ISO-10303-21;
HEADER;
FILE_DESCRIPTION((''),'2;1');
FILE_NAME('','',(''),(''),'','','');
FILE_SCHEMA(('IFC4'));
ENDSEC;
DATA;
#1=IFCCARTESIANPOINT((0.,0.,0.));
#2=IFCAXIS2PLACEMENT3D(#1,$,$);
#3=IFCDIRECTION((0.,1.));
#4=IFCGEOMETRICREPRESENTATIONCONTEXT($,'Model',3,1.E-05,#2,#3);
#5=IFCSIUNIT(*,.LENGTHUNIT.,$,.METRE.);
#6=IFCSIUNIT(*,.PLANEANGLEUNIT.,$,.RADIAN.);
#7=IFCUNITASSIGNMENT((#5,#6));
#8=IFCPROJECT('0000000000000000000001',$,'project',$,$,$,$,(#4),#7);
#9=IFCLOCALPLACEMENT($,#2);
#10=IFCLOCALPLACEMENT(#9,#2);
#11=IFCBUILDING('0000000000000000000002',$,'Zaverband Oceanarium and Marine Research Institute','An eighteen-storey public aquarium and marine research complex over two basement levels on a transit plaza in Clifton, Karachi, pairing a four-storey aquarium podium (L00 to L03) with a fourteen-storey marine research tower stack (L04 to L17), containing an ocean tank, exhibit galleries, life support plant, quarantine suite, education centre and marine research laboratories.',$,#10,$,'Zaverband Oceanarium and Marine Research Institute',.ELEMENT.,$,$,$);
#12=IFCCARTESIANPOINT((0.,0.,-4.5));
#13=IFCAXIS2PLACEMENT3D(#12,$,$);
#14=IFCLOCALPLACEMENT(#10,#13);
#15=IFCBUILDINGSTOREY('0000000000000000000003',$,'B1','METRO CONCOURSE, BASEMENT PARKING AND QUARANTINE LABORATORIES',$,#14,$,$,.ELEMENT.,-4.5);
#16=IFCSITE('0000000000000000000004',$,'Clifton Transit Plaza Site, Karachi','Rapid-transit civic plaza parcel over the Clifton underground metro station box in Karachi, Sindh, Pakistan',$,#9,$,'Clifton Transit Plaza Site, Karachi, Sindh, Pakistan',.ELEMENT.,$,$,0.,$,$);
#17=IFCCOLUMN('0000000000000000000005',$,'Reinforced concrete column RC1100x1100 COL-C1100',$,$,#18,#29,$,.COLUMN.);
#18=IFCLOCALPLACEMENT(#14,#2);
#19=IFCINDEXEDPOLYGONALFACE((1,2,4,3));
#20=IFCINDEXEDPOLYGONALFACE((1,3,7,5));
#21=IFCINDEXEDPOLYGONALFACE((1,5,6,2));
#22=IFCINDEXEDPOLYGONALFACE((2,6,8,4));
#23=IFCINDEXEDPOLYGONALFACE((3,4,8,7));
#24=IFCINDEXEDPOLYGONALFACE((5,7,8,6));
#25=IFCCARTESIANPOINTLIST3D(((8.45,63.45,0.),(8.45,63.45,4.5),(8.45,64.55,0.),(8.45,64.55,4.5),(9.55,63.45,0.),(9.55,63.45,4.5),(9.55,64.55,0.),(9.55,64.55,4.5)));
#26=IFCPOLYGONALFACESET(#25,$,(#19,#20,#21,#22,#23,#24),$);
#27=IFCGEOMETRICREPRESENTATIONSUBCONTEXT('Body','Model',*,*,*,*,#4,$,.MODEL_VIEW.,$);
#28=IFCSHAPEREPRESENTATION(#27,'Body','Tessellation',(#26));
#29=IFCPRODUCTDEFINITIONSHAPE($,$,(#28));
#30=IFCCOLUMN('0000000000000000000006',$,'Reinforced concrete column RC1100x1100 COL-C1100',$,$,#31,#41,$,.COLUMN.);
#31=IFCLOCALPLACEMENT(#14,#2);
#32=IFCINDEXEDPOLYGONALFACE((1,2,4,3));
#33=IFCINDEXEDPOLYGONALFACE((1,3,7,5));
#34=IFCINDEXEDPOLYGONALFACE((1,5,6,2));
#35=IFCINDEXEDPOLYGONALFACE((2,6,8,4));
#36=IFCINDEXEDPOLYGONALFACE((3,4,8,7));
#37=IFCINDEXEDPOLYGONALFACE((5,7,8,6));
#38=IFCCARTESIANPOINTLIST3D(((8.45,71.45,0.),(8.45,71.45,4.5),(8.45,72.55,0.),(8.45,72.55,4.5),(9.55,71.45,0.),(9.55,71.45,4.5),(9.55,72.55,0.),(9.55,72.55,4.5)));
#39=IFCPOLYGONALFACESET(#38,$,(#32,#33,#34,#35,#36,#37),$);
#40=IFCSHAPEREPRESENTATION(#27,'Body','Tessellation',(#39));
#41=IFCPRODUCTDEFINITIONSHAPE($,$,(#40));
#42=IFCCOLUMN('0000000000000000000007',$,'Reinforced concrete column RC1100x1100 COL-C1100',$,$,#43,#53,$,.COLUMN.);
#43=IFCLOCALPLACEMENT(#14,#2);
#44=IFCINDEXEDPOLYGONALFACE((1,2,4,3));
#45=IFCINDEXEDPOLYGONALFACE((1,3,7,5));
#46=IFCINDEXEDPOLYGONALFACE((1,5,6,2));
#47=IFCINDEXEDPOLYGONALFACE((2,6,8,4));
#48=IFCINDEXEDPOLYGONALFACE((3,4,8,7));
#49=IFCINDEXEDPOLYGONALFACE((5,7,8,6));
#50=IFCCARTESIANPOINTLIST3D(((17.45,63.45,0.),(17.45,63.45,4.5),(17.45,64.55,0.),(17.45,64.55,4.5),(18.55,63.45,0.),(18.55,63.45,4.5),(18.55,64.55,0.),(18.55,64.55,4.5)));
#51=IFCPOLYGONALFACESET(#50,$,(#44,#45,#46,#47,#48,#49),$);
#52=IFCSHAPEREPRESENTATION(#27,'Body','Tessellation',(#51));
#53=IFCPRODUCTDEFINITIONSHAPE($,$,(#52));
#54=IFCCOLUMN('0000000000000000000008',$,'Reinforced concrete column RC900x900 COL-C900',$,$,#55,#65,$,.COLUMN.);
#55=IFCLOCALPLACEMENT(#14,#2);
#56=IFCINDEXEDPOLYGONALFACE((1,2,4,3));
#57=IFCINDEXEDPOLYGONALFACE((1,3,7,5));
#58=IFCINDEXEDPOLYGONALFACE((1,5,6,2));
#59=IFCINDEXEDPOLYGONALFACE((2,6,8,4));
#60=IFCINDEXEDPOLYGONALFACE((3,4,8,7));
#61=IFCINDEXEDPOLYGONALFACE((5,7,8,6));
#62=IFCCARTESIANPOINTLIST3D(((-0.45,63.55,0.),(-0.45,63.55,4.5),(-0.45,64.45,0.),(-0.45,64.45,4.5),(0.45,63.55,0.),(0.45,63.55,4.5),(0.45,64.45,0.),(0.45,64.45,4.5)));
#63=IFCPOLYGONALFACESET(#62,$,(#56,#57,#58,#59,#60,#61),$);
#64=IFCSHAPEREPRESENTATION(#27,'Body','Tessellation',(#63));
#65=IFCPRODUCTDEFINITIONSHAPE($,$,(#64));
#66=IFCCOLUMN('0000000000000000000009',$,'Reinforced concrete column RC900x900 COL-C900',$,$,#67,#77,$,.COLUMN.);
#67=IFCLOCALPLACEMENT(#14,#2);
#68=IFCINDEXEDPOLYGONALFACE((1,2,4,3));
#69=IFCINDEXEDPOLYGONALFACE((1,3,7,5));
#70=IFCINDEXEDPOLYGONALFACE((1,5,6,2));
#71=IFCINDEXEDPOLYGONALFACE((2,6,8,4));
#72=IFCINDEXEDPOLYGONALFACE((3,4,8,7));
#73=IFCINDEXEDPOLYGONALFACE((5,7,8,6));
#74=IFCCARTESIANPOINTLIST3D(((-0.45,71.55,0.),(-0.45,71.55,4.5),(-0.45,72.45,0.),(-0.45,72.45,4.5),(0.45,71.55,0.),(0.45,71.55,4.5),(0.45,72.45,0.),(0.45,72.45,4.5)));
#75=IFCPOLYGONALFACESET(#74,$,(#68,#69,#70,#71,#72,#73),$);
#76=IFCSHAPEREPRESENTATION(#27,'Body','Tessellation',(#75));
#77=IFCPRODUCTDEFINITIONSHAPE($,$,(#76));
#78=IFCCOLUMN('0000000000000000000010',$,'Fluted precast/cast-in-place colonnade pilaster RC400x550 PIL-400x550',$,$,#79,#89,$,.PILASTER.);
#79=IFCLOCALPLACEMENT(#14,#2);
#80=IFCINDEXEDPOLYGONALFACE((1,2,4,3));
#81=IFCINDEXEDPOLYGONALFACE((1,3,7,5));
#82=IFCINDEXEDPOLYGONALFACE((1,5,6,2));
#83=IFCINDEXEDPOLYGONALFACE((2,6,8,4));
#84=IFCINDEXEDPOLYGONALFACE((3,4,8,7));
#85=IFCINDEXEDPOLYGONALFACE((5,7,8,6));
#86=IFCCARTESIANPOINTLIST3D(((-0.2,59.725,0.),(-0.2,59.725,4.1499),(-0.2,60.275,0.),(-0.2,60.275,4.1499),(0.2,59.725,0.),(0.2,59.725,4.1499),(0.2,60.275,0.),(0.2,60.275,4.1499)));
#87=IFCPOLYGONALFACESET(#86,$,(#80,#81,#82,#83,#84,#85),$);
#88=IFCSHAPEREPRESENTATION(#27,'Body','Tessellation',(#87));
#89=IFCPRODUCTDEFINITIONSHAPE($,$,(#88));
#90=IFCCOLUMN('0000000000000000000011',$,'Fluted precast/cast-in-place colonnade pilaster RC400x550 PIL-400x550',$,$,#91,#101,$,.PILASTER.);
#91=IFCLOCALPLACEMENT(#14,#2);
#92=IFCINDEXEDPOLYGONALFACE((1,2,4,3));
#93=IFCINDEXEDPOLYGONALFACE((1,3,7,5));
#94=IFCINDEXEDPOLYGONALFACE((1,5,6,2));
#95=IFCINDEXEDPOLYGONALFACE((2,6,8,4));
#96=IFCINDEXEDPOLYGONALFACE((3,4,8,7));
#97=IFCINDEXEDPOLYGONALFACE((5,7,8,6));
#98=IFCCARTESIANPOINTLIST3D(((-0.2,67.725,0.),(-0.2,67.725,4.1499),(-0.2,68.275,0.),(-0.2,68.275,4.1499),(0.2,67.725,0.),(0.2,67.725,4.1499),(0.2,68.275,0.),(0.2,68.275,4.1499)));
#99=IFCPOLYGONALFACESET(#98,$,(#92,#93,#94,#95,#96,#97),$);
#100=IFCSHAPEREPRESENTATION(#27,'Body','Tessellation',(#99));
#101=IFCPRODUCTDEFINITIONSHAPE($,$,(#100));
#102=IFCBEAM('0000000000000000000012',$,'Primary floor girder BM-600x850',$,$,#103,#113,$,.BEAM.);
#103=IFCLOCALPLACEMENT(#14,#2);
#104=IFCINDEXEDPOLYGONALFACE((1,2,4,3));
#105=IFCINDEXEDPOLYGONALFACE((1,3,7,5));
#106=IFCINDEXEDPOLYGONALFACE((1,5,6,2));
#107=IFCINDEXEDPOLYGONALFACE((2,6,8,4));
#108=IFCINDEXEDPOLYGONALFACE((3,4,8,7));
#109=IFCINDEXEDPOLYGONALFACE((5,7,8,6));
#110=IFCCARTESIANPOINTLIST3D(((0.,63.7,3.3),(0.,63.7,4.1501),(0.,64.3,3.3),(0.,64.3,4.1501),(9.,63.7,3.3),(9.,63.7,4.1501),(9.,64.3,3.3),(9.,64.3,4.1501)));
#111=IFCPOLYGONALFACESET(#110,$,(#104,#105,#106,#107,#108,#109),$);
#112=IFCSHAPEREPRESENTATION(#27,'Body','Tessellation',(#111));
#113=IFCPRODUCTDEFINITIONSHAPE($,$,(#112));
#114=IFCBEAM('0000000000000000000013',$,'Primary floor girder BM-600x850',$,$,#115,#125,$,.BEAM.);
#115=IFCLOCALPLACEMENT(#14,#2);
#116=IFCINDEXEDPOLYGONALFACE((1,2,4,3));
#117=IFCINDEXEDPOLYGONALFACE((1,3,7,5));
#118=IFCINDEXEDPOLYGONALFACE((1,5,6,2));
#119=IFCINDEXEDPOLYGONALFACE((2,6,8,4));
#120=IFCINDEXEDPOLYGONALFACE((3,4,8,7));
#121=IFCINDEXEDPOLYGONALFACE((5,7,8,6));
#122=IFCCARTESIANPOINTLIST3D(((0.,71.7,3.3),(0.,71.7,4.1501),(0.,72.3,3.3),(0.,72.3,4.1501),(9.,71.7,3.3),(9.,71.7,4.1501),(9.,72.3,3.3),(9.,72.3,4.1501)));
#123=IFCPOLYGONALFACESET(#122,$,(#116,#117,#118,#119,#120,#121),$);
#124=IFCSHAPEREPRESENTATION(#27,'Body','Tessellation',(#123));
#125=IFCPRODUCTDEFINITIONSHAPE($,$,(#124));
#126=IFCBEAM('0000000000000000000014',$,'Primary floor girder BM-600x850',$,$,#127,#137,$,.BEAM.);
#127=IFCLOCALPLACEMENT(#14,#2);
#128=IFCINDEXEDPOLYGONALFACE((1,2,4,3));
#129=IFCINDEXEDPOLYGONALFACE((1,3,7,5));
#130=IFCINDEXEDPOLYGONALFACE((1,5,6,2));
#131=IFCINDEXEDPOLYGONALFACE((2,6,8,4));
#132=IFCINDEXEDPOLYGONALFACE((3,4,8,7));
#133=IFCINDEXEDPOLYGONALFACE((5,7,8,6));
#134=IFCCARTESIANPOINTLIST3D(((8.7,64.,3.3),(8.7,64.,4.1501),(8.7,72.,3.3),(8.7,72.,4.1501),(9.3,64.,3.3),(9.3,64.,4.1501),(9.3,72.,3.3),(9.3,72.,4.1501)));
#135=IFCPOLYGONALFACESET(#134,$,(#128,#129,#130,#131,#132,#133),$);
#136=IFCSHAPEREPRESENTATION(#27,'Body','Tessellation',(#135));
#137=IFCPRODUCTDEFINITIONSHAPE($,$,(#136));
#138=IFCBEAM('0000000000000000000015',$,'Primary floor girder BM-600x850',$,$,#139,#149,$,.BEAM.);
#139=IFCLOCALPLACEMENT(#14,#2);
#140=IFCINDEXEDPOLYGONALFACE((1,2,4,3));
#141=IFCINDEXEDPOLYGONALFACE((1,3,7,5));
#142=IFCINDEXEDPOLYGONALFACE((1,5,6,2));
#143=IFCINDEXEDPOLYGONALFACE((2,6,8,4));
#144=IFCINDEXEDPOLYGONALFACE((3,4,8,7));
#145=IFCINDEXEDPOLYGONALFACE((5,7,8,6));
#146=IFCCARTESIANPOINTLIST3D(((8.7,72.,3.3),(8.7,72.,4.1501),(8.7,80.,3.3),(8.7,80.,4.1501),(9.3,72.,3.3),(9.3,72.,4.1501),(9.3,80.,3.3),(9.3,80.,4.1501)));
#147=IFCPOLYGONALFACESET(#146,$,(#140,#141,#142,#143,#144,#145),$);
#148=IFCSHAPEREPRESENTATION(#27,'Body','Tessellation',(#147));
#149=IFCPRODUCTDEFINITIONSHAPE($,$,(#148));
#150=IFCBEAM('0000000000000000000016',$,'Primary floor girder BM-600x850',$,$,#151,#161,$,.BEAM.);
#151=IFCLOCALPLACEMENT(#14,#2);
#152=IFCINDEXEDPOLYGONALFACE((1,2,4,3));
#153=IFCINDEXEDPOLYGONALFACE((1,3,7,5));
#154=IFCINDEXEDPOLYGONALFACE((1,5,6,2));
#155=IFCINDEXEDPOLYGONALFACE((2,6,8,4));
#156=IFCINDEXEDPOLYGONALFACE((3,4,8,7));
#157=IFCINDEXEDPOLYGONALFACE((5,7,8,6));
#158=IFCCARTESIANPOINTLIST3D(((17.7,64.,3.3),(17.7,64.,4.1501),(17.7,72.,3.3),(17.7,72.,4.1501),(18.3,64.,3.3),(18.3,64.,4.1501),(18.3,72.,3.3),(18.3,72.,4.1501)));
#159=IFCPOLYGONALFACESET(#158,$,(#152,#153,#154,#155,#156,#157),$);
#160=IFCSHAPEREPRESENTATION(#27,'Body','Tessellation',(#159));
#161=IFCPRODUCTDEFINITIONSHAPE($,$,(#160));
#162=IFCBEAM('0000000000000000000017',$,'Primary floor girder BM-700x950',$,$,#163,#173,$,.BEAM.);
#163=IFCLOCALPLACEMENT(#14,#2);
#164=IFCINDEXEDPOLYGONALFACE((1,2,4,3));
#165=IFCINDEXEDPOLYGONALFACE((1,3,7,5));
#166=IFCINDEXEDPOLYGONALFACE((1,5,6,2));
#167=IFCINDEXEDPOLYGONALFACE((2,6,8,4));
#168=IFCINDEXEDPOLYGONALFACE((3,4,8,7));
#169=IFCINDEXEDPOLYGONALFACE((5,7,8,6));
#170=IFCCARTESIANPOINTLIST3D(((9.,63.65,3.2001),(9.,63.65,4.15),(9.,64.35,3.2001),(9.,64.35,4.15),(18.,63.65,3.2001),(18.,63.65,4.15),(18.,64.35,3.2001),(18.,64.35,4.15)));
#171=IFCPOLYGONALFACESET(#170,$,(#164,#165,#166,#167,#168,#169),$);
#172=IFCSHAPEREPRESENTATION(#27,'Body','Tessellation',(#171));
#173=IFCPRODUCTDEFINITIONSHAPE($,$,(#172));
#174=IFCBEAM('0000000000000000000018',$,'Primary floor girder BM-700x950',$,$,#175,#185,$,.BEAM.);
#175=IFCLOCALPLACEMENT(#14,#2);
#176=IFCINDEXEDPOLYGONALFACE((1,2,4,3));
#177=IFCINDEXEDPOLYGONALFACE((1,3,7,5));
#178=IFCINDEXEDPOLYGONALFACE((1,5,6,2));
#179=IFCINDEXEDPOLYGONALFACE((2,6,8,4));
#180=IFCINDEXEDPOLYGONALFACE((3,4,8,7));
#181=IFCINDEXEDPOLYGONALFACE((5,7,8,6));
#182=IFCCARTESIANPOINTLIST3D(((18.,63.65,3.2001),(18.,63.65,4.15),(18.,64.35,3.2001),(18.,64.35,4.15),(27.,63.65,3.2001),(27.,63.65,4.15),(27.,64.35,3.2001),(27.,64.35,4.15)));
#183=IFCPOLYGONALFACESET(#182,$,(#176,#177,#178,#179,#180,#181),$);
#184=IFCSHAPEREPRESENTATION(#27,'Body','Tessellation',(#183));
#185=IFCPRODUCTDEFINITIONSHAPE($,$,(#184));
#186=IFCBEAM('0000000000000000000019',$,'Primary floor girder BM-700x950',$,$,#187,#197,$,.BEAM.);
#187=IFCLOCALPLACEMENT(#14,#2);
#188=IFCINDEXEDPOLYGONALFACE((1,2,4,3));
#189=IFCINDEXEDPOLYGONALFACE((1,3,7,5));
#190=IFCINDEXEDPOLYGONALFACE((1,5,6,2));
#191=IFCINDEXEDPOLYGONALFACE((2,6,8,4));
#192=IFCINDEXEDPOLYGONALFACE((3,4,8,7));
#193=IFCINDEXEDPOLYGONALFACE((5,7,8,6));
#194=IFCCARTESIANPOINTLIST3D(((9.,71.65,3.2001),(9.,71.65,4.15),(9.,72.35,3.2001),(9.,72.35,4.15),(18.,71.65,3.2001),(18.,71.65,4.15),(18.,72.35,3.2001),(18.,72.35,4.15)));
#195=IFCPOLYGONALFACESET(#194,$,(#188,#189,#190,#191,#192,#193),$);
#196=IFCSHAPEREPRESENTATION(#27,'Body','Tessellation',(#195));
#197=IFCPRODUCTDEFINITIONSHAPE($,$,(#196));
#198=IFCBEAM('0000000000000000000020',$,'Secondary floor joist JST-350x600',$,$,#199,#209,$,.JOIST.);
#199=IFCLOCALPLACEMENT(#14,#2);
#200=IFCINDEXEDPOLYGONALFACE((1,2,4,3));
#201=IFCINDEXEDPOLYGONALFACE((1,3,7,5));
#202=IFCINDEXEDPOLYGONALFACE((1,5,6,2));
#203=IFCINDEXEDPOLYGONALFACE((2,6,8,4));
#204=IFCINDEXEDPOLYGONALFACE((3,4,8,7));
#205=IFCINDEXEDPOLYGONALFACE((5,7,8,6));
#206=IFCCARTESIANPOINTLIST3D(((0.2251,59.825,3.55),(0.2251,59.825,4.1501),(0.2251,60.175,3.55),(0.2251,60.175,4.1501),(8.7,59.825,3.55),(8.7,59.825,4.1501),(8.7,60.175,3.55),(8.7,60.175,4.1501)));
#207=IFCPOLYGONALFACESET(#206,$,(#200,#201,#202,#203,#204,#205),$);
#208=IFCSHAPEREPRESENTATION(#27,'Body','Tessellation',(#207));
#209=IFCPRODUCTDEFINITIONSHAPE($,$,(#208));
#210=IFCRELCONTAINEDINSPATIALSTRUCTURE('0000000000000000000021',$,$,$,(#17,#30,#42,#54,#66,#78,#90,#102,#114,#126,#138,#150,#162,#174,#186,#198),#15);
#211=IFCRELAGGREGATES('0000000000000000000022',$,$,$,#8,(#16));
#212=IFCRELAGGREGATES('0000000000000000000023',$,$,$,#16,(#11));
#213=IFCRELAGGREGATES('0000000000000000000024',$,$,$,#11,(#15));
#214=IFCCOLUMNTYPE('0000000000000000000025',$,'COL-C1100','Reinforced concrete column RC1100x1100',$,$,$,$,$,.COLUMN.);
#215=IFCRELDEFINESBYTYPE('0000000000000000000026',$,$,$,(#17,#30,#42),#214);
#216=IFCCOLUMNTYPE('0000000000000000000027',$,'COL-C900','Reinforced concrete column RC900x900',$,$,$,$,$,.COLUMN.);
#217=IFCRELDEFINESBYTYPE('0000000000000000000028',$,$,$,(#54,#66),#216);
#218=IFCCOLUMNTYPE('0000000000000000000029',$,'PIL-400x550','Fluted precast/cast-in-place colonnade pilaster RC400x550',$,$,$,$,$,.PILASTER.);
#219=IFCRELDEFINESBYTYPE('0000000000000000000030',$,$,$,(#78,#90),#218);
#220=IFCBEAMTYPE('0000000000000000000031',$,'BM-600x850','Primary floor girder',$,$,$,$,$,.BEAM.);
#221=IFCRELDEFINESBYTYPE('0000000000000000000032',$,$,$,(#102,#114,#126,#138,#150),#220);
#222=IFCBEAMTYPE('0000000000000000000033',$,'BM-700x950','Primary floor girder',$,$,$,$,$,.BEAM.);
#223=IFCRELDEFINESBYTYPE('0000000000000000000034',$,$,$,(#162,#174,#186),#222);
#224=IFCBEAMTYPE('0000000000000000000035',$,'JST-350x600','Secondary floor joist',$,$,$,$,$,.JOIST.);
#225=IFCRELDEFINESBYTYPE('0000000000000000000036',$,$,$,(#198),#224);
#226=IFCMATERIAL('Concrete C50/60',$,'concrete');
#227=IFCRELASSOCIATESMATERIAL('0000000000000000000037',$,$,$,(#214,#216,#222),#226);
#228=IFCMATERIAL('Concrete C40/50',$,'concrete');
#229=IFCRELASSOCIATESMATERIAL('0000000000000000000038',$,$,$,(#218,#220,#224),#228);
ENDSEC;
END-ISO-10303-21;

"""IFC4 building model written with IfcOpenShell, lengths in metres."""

from ifc_helpers import new_model, si_unit, direction, frame, origin, origin_2d, place, context, subcontext, project, spatial, rectangle, extrude, material, material_profile, profile_set, type_object, element, save


model = new_model("IFC4")

# Units and contexts
model_context = context("Model", 3, precision=1e-05, world=origin(), true_north=direction((0.0, 1.0)))
body_context = subcontext(model_context, "Body", "Model", "MODEL_VIEW")
ifc_project = project(units=[si_unit("LENGTHUNIT", "METRE"), si_unit("PLANEANGLEUNIT", "RADIAN")], contexts=[model_context])

# Site, building, storey
site_placement = place(None, origin())
site = spatial("IfcSite", under=ifc_project, at=site_placement, Name="Clifton Transit Plaza Site, Karachi", Description="Rapid-transit civic plaza parcel over the Clifton underground metro station box in Karachi, Sindh, Pakistan", LongName="Clifton Transit Plaza Site, Karachi, Sindh, Pakistan", CompositionType="ELEMENT", RefElevation=0.0)
building_placement = place(site_placement, origin())
building = spatial("IfcBuilding", under=site, at=building_placement, Name="Zaverband Oceanarium and Marine Research Institute", Description="An eighteen-storey public aquarium and marine research complex over two basement levels on a transit plaza in Clifton, Karachi, pairing a four-storey aquarium podium (L00 to L03) with a fourteen-storey marine research tower stack (L04 to L17), containing an ocean tank, exhibit galleries, life support plant, quarantine suite, education centre and marine research laboratories.", LongName="Zaverband Oceanarium and Marine Research Institute", CompositionType="ELEMENT")
storey_placement = place(building_placement, frame((0.0, 0.0, -4.5)))
storey = spatial("IfcBuildingStorey", under=building, at=storey_placement, Name="B1", Description="METRO CONCOURSE, BASEMENT PARKING AND QUARANTINE LABORATORIES", CompositionType="ELEMENT", Elevation=-4.5)

# Columns
ifc_material_1 = material(Name="Concrete C50/60", Category="concrete")
ifc_material_profile_1 = material_profile(ifc_material_1, rectangle(XDim=1.1001, YDim=1.1001, at=origin_2d()), Name="RC1100x1100")
ifc_profile_set_1 = profile_set([ifc_material_profile_1], Name="Concrete C50/60")
column_type_1 = type_object("IfcColumnType", Name="COL-C1100", Description="Reinforced concrete column RC1100x1100", PredefinedType="COLUMN", material=ifc_profile_set_1)
for number, where, z_axis, x_axis, name in (
    (1, (9.0, 64.0, 0.0), (0.0, 0.0, 1.0), (1.0, 0.0, 0.0), "Reinforced concrete column RC1100x1100 COL-C1100"),
    (2, (9.0, 72.0, 0.0), (0.0, 0.0, 1.0), (1.0, 0.0, 0.0), "Reinforced concrete column RC1100x1100 COL-C1100"),
    (3, (18.0, 64.0, 0.0), (0.0, 0.0, 1.0), (1.0, 0.0, 0.0), "Reinforced concrete column RC1100x1100 COL-C1100"),
):
    element("IfcColumn", number, at=place(storey_placement, frame(where, z_axis=z_axis, x_axis=x_axis)), inside=storey, type_object=column_type_1, Name=name, PredefinedType="COLUMN", context=body_context, shape_type="SweptSolid", body=[
        extrude(rectangle(XDim=1.1001, YDim=1.1001, at=origin_2d()), origin(), (0.0, 0.0, 1.0), 4.5),
    ])
ifc_material_profile_2 = material_profile(ifc_material_1, rectangle(XDim=0.8999, YDim=0.8999, at=origin_2d()), Name="RC900x900")
ifc_profile_set_2 = profile_set([ifc_material_profile_2], Name="Concrete C50/60")
column_type_2 = type_object("IfcColumnType", Name="COL-C900", Description="Reinforced concrete column RC900x900", PredefinedType="COLUMN", material=ifc_profile_set_2)
for number, where, z_axis, x_axis, name in (
    (4, (0.0, 64.0, 0.0), (0.0, 0.0, 1.0), (1.0, 0.0, 0.0), "Reinforced concrete column RC900x900 COL-C900"),
    (5, (0.0, 72.0, 0.0), (0.0, 0.0, 1.0), (1.0, 0.0, 0.0), "Reinforced concrete column RC900x900 COL-C900"),
):
    element("IfcColumn", number, at=place(storey_placement, frame(where, z_axis=z_axis, x_axis=x_axis)), inside=storey, type_object=column_type_2, Name=name, PredefinedType="COLUMN", context=body_context, shape_type="SweptSolid", body=[
        extrude(rectangle(XDim=0.8999, YDim=0.8999, at=origin_2d()), origin(), (0.0, 0.0, 1.0), 4.5),
    ])
ifc_material_2 = material(Name="Concrete C40/50", Category="concrete")
ifc_material_profile_3 = material_profile(ifc_material_2, rectangle(XDim=0.3999, YDim=0.55, at=origin_2d()), Name="RC400x550")
ifc_profile_set_3 = profile_set([ifc_material_profile_3], Name="Concrete C40/50")
column_type_3 = type_object("IfcColumnType", Name="PIL-400x550", Description="Fluted precast/cast-in-place colonnade pilaster RC400x550", PredefinedType="PILASTER", material=ifc_profile_set_3)
for number, where, z_axis, x_axis, name in (
    (6, (0.0, 60.0, 0.0), (0.0, 0.0, 1.0), (1.0, 0.0, 0.0), "Fluted precast/cast-in-place colonnade pilaster RC400x550 PIL-400x550"),
    (7, (0.0, 68.0, 0.0), (0.0, 0.0, 1.0), (1.0, 0.0, 0.0), "Fluted precast/cast-in-place colonnade pilaster RC400x550 PIL-400x550"),
):
    element("IfcColumn", number, at=place(storey_placement, frame(where, z_axis=z_axis, x_axis=x_axis)), inside=storey, type_object=column_type_3, Name=name, PredefinedType="PILASTER", context=body_context, shape_type="SweptSolid", body=[
        extrude(rectangle(XDim=0.3999, YDim=0.55, at=origin_2d()), origin(), (0.0, 0.0, 1.0), 4.1499),
    ])

# Beams
ifc_material_profile_4 = material_profile(ifc_material_2, rectangle(XDim=0.6001, YDim=0.8501, at=origin_2d()), Name="RC600x850")
ifc_profile_set_4 = profile_set([ifc_material_profile_4], Name="Concrete C40/50")
beam_type_1 = type_object("IfcBeamType", Name="BM-600x850", Description="Primary floor girder", PredefinedType="BEAM", material=ifc_profile_set_4)
for number, where, z_axis, x_axis, name in (
    (8, (0.0, 64.0, 3.7251), (1.0, 0.0, 0.0), (0.0, 1.0, 0.0), "Primary floor girder BM-600x850"),
    (9, (0.0, 72.0, 3.7251), (1.0, 0.0, 0.0), (0.0, 1.0, 0.0), "Primary floor girder BM-600x850"),
):
    element("IfcBeam", number, at=place(storey_placement, frame(where, z_axis=z_axis, x_axis=x_axis)), inside=storey, type_object=beam_type_1, Name=name, PredefinedType="BEAM", context=body_context, shape_type="SweptSolid", body=[
        extrude(rectangle(XDim=0.6001, YDim=0.8501, at=origin_2d()), origin(), (0.0, 0.0, 1.0), 9.0),
    ])
for number, where, z_axis, x_axis, name in (
    (10, (9.0, 64.0, 3.7251), (0.0, 1.0, 0.0), (-1.0, 0.0, 0.0), "Primary floor girder BM-600x850"),
    (11, (9.0, 72.0, 3.7251), (0.0, 1.0, 0.0), (-1.0, 0.0, 0.0), "Primary floor girder BM-600x850"),
    (12, (18.0, 64.0, 3.7251), (0.0, 1.0, 0.0), (-1.0, 0.0, 0.0), "Primary floor girder BM-600x850"),
):
    element("IfcBeam", number, at=place(storey_placement, frame(where, z_axis=z_axis, x_axis=x_axis)), inside=storey, type_object=beam_type_1, Name=name, PredefinedType="BEAM", context=body_context, shape_type="SweptSolid", body=[
        extrude(rectangle(XDim=0.6001, YDim=0.8501, at=origin_2d()), origin(), (0.0, 0.0, 1.0), 8.0),
    ])
ifc_material_profile_5 = material_profile(ifc_material_1, rectangle(XDim=0.7, YDim=0.95, at=origin_2d()), Name="RC700x950")
ifc_profile_set_5 = profile_set([ifc_material_profile_5], Name="Concrete C50/60")
beam_type_2 = type_object("IfcBeamType", Name="BM-700x950", Description="Primary floor girder", PredefinedType="BEAM", material=ifc_profile_set_5)
for number, where, z_axis, x_axis, name in (
    (13, (9.0, 64.0, 3.675), (1.0, 0.0, 0.0), (0.0, 1.0, 0.0), "Primary floor girder BM-700x950"),
    (14, (18.0, 64.0, 3.675), (1.0, 0.0, 0.0), (0.0, 1.0, 0.0), "Primary floor girder BM-700x950"),
    (15, (9.0, 72.0, 3.675), (1.0, 0.0, 0.0), (0.0, 1.0, 0.0), "Primary floor girder BM-700x950"),
):
    element("IfcBeam", number, at=place(storey_placement, frame(where, z_axis=z_axis, x_axis=x_axis)), inside=storey, type_object=beam_type_2, Name=name, PredefinedType="BEAM", context=body_context, shape_type="SweptSolid", body=[
        extrude(rectangle(XDim=0.7, YDim=0.95, at=origin_2d()), origin(), (0.0, 0.0, 1.0), 9.0),
    ])
ifc_material_profile_6 = material_profile(ifc_material_2, rectangle(XDim=0.3501, YDim=0.6001, at=origin_2d()), Name="RC350x600")
ifc_profile_set_6 = profile_set([ifc_material_profile_6], Name="Concrete C40/50")
beam_type_3 = type_object("IfcBeamType", Name="JST-350x600", Description="Secondary floor joist", PredefinedType="JOIST", material=ifc_profile_set_6)
for number, where, z_axis, x_axis, name in (
    (16, (0.2251, 60.0, 3.8501), (1.0, 0.0, 0.0), (0.0, 1.0, 0.0), "Secondary floor joist JST-350x600"),
):
    element("IfcBeam", number, at=place(storey_placement, frame(where, z_axis=z_axis, x_axis=x_axis)), inside=storey, type_object=beam_type_3, Name=name, PredefinedType="JOIST", context=body_context, shape_type="SweptSolid", body=[
        extrude(rectangle(XDim=0.3501, YDim=0.6001, at=origin_2d()), origin(), (0.0, 0.0, 1.0), 8.4749),
    ])

save(model, "model.ifc")
